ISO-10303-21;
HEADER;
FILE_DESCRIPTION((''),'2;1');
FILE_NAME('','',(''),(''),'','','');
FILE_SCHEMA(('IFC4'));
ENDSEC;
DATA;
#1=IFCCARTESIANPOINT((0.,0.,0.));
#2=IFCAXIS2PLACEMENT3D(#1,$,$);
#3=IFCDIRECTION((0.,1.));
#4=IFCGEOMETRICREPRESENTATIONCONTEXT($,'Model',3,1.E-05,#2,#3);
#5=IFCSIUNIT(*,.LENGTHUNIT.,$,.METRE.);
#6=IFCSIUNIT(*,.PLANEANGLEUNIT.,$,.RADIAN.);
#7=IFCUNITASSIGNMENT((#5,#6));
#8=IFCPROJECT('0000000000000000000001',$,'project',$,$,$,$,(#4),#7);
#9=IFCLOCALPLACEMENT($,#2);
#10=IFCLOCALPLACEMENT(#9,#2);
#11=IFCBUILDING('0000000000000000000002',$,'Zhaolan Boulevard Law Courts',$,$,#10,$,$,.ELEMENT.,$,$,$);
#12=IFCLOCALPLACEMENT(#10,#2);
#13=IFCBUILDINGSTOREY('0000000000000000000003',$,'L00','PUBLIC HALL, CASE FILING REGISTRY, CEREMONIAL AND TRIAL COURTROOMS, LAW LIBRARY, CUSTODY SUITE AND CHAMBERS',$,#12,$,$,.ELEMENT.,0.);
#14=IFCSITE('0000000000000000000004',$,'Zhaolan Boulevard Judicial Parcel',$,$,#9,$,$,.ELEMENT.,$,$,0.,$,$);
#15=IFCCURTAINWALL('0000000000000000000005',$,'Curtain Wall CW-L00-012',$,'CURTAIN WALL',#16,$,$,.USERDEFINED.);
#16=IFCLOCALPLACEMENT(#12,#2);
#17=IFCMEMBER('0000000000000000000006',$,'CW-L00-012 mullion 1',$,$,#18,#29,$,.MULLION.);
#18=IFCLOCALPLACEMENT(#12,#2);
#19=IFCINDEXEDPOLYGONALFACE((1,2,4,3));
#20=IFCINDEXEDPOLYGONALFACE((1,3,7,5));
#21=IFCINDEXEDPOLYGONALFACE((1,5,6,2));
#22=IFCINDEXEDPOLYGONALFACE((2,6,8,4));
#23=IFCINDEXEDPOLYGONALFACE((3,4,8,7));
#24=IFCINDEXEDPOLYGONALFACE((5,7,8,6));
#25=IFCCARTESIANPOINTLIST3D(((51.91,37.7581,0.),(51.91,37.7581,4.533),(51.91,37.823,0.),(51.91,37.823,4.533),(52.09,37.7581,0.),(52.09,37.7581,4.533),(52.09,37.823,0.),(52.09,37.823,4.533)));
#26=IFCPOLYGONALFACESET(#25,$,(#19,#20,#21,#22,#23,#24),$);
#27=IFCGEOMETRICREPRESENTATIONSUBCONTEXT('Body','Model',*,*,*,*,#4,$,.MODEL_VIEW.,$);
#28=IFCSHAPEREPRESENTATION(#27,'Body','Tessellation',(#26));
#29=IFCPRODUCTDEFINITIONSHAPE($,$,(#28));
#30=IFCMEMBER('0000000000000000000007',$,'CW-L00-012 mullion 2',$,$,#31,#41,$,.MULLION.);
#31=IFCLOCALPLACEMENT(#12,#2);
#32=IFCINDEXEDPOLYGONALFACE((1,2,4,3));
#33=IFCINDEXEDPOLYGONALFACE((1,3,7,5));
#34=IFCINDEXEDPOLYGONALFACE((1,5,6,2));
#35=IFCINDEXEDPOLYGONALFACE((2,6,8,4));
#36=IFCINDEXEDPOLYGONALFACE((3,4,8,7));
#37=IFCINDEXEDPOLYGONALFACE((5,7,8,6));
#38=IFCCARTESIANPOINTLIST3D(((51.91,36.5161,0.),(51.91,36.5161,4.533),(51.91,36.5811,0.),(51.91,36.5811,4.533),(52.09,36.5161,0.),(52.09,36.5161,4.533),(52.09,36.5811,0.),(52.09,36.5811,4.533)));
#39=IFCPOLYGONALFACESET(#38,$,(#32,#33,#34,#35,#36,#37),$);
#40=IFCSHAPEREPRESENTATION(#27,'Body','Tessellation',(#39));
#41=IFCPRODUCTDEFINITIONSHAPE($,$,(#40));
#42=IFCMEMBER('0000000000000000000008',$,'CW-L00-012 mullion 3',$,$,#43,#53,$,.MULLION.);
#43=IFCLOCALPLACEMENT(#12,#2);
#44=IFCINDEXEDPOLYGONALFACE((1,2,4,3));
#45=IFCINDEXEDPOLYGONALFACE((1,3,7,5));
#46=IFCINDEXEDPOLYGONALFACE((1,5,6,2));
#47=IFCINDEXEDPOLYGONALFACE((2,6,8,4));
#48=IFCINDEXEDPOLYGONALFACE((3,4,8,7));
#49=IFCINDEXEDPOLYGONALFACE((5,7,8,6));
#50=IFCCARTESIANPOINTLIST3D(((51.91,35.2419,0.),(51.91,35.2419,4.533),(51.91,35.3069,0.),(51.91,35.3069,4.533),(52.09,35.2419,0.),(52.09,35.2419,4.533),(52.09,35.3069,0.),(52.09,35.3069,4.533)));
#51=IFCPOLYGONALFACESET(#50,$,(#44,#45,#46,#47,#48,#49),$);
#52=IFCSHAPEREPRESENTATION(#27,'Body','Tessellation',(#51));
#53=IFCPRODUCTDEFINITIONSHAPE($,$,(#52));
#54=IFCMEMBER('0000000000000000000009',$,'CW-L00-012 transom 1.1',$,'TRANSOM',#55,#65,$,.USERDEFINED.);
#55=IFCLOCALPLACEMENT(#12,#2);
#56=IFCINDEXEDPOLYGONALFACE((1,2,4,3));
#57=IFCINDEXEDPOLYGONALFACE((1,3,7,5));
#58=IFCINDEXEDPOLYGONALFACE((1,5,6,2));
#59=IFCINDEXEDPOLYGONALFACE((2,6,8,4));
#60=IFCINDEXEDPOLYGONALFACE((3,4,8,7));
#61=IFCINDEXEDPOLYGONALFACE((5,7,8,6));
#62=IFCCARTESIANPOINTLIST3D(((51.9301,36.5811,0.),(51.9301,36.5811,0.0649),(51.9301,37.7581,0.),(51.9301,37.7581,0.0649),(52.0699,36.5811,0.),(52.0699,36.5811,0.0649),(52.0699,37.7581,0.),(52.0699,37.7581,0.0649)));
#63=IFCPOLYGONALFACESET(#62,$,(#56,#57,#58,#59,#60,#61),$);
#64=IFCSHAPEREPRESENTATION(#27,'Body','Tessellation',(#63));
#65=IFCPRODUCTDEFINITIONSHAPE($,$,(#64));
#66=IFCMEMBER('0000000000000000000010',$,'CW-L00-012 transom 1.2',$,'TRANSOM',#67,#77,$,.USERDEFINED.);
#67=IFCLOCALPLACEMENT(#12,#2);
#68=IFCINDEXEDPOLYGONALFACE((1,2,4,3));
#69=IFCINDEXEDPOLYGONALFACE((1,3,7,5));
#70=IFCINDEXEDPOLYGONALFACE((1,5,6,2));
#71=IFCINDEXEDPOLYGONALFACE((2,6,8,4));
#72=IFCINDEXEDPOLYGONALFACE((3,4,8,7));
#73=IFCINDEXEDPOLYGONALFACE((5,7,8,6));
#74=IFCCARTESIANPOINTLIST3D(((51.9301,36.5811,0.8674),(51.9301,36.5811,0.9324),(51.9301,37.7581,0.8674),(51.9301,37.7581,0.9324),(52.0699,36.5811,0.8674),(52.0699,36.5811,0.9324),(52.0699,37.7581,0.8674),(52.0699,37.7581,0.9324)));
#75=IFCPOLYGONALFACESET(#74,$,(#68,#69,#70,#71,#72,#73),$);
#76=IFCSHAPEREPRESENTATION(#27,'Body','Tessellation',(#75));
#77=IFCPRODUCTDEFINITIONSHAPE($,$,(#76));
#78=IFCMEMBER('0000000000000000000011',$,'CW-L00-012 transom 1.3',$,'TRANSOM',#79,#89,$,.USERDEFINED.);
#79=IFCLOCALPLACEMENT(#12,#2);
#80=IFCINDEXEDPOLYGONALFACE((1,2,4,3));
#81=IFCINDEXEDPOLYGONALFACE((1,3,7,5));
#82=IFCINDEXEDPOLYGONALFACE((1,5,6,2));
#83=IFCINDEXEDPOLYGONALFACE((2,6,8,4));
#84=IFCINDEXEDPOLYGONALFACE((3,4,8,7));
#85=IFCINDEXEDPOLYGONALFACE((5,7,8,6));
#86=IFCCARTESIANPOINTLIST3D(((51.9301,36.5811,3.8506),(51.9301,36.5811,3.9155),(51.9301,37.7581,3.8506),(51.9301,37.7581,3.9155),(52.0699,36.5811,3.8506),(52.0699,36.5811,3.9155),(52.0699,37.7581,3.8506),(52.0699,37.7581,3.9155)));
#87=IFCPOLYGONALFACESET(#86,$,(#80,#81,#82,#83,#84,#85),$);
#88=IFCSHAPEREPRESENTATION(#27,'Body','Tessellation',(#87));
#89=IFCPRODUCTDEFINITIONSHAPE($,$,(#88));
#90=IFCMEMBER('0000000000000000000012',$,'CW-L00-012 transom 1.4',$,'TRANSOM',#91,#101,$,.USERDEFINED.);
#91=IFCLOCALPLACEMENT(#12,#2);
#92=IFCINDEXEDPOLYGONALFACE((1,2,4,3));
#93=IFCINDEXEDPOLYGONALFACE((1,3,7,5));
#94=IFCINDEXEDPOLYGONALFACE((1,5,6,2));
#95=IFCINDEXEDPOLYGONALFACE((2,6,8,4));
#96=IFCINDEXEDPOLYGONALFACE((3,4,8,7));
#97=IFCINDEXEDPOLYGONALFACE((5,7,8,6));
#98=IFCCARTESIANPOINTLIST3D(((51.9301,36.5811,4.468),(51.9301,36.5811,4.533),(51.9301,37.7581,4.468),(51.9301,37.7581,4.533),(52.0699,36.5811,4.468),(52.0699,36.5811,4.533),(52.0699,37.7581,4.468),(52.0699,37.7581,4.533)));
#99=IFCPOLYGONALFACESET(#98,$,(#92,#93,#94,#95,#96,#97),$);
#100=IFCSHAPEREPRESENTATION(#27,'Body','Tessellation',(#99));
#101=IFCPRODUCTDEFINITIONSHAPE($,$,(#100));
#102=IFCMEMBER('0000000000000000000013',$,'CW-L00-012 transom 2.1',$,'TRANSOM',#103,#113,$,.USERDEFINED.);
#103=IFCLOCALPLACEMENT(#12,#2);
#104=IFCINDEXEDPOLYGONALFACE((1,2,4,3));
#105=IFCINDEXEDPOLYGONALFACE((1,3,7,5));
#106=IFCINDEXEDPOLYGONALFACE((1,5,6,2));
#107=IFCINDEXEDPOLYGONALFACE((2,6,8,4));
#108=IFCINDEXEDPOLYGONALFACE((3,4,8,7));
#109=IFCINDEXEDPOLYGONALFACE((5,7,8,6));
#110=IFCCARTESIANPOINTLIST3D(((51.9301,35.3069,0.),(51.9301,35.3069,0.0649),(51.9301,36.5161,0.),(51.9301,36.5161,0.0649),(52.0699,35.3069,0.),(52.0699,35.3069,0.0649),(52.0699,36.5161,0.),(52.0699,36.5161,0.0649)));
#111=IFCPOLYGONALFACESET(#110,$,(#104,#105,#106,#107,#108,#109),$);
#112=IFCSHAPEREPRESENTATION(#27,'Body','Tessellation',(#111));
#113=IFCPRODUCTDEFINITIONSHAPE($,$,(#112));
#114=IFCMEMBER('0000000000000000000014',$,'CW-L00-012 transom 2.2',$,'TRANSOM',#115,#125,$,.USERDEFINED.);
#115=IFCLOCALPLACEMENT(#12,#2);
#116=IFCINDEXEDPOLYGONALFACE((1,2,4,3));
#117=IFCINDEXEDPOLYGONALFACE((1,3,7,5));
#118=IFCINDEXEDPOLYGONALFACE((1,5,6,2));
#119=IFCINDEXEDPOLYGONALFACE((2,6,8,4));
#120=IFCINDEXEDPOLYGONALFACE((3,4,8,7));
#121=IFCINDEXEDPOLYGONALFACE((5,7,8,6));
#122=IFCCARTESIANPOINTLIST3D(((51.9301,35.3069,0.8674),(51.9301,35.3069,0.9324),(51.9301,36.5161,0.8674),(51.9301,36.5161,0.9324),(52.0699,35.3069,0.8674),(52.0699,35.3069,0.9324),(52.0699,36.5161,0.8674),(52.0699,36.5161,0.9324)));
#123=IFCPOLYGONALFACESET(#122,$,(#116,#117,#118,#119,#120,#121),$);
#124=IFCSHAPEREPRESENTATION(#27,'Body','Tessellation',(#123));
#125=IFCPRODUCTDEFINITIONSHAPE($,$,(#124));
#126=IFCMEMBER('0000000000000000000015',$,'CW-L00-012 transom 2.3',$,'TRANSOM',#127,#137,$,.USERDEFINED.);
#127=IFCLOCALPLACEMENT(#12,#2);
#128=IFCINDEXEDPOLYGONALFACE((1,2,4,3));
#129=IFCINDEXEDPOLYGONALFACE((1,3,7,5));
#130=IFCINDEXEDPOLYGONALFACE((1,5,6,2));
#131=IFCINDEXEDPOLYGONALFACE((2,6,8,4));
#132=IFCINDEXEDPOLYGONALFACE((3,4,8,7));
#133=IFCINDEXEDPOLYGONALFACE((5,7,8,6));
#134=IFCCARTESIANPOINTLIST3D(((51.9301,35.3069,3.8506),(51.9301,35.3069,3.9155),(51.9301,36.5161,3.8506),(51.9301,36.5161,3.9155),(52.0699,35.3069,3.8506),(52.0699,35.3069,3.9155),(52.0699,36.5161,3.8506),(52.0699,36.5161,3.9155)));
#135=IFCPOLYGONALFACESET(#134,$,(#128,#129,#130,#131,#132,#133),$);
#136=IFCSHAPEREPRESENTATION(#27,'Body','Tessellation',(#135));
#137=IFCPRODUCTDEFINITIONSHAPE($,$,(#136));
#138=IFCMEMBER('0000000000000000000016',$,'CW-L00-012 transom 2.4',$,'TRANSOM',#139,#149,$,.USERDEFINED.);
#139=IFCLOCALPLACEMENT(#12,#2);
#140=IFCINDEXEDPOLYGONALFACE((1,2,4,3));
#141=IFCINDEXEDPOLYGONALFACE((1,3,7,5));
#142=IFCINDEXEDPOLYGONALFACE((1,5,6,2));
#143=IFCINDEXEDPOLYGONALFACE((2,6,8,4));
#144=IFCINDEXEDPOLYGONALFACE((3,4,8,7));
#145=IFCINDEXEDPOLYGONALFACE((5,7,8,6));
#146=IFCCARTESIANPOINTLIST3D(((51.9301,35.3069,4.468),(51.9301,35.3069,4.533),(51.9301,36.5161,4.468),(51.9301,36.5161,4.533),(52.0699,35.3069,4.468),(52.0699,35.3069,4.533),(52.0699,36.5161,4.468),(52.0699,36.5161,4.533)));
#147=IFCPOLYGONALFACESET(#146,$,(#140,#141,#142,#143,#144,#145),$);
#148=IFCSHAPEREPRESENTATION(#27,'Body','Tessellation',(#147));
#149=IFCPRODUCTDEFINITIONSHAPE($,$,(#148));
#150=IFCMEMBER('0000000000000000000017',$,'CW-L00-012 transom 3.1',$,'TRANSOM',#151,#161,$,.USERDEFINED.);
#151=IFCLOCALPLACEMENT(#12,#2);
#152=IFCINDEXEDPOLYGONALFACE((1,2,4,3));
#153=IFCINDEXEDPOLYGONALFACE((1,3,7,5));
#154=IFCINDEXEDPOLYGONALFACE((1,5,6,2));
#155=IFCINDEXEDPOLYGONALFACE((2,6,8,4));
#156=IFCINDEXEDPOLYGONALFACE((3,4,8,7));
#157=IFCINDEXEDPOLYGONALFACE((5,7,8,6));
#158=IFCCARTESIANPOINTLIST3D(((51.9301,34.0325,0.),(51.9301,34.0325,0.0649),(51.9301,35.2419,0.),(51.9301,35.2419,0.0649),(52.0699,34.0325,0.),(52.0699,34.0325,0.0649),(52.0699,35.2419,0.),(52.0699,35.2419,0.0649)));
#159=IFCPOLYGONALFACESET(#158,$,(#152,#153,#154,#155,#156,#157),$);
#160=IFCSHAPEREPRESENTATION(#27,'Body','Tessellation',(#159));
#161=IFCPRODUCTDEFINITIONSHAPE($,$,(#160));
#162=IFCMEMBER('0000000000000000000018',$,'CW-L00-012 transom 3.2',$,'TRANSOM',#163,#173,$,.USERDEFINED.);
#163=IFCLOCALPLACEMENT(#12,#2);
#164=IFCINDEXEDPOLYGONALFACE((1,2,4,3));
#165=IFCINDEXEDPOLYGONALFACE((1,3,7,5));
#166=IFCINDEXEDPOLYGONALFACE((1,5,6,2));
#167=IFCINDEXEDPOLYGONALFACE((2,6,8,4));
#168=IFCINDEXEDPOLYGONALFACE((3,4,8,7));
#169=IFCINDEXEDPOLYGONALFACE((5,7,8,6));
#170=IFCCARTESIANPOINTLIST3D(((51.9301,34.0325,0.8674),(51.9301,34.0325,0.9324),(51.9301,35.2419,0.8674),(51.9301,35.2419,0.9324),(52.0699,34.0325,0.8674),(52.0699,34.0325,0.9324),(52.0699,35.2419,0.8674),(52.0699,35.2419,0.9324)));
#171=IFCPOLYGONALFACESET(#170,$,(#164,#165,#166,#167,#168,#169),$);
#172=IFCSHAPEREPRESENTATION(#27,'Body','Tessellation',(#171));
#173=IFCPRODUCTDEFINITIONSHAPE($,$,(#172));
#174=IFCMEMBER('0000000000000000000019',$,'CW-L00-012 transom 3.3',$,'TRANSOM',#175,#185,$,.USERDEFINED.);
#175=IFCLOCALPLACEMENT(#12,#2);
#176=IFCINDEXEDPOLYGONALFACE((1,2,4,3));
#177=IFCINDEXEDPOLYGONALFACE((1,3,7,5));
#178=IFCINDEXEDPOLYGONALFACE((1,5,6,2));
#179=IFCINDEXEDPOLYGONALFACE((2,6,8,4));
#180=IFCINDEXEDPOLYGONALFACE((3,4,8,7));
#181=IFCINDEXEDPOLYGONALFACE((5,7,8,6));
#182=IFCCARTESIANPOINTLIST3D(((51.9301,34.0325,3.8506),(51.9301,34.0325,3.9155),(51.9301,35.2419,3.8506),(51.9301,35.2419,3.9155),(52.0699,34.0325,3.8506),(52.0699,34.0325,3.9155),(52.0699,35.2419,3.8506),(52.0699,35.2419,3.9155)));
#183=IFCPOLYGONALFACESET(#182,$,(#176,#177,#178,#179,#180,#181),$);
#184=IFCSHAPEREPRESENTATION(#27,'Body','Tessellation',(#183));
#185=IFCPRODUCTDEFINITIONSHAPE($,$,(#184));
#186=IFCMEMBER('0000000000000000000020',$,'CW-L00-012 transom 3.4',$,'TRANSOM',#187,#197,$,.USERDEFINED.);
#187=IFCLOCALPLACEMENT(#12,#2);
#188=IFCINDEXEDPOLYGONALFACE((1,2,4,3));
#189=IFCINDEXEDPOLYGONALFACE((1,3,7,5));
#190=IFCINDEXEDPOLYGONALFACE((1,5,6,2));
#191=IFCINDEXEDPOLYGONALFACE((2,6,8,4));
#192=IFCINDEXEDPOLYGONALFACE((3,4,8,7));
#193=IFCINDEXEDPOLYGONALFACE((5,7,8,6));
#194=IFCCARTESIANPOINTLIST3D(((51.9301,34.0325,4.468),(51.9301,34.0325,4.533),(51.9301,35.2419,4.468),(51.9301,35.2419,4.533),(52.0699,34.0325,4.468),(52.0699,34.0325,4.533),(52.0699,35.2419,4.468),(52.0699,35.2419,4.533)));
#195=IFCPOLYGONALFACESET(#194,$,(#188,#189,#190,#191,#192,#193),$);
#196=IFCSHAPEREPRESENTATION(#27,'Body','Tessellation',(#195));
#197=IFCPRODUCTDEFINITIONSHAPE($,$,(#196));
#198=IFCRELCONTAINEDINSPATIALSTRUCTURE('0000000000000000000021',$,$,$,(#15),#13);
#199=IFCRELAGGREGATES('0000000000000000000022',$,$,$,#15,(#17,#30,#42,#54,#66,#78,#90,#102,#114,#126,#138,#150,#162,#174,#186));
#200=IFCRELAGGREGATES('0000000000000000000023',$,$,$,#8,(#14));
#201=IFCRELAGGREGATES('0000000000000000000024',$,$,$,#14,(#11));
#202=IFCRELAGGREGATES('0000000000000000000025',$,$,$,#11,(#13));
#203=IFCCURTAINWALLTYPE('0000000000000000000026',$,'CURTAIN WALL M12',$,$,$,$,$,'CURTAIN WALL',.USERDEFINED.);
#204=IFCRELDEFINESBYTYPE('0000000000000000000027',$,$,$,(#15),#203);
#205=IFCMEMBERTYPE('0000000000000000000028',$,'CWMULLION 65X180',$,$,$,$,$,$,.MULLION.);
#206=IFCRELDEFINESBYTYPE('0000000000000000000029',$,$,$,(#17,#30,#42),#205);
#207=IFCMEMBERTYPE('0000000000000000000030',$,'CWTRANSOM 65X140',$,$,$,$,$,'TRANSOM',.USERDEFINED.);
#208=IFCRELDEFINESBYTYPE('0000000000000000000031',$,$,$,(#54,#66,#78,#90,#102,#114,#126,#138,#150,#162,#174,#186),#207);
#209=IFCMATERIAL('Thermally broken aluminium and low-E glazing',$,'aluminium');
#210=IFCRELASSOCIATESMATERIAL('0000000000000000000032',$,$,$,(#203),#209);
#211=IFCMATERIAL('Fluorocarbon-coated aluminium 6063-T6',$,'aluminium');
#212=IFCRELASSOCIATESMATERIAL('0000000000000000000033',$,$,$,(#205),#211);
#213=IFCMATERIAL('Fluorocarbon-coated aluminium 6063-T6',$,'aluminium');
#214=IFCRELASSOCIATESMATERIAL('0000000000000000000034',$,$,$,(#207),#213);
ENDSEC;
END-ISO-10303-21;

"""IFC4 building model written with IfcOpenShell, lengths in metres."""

from ifc_helpers import new_model, si_unit, direction, frame, origin, origin_2d, place, context, subcontext, project, spatial, rectangle, extrude, material, material_profile, profile_set, type_object, element, aggregate, save


model = new_model("IFC4")

# Units and contexts
model_context = context("Model", 3, precision=1e-05, world=origin(), true_north=direction((0.0, 1.0)))
body_context = subcontext(model_context, "Body", "Model", "MODEL_VIEW")
ifc_project = project(units=[si_unit("LENGTHUNIT", "METRE"), si_unit("PLANEANGLEUNIT", "RADIAN")], contexts=[model_context])

# Site, building, storey
site_placement = place(None, origin())
site = spatial("IfcSite", under=ifc_project, at=site_placement, Name="Zhaolan Boulevard Judicial Parcel", CompositionType="ELEMENT", RefElevation=0.0)
building_placement = place(site_placement, origin())
building = spatial("IfcBuilding", under=site, at=building_placement, Name="Zhaolan Boulevard Law Courts", CompositionType="ELEMENT")
storey_placement = place(building_placement, origin())
storey = spatial("IfcBuildingStorey", under=building, at=storey_placement, Name="L00", Description="PUBLIC HALL, CASE FILING REGISTRY, CEREMONIAL AND TRIAL COURTROOMS, LAW LIBRARY, CUSTODY SUITE AND CHAMBERS", CompositionType="ELEMENT", Elevation=0.0)

# Curtain wall, members
ifc_material_1 = material(Name="Thermally broken aluminium and low-E glazing", Category="aluminium")
curtain_wall_type = type_object("IfcCurtainWallType", Name="CURTAIN WALL M12", ElementType="CURTAIN WALL", PredefinedType="USERDEFINED", material=ifc_material_1)
curtain_wall_placement = place(storey_placement, origin())
curtain_wall = element("IfcCurtainWall", 1, at=curtain_wall_placement, inside=storey, type_object=curtain_wall_type, Name="Curtain Wall CW-L00-012", ObjectType="CURTAIN WALL", PredefinedType="USERDEFINED")
ifc_material_2 = material(Name="Fluorocarbon-coated aluminium 6063-T6", Category="aluminium")
ifc_material_profile_1 = material_profile(ifc_material_2, rectangle(XDim=0.1799, YDim=0.0649, at=origin_2d()), Name="AL65x180")
ifc_profile_set_1 = profile_set([ifc_material_profile_1], Name="Fluorocarbon-coated aluminium 6063-T6")
member_type_1 = type_object("IfcMemberType", Name="CWMULLION 65X180", PredefinedType="MULLION", material=ifc_profile_set_1)
member_1_placement = place(storey_placement, frame((52.0, 37.7905, 0.0), z_axis=(0.0, 0.0, 1.0), x_axis=(1.0, 0.0, 0.0)))
member_1 = element("IfcMember", 2, at=member_1_placement, type_object=member_type_1, Name="CW-L00-012 mullion 1", PredefinedType="MULLION", context=body_context, shape_type="SweptSolid", body=[
    extrude(rectangle(XDim=0.1799, YDim=0.0649, at=origin_2d()), origin(), (0.0, 0.0, 1.0), 4.533),
])
member_2_placement = place(storey_placement, frame((52.0, 36.5486, 0.0), z_axis=(0.0, 0.0, 1.0), x_axis=(1.0, 0.0, 0.0)))
member_2 = element("IfcMember", 3, at=member_2_placement, type_object=member_type_1, Name="CW-L00-012 mullion 2", PredefinedType="MULLION", context=body_context, shape_type="SweptSolid", body=[
    extrude(rectangle(XDim=0.1799, YDim=0.0649, at=origin_2d()), origin(), (0.0, 0.0, 1.0), 4.533),
])
member_3_placement = place(storey_placement, frame((52.0, 35.2744, 0.0), z_axis=(0.0, 0.0, 1.0), x_axis=(1.0, 0.0, 0.0)))
member_3 = element("IfcMember", 4, at=member_3_placement, type_object=member_type_1, Name="CW-L00-012 mullion 3", PredefinedType="MULLION", context=body_context, shape_type="SweptSolid", body=[
    extrude(rectangle(XDim=0.1799, YDim=0.0649, at=origin_2d()), origin(), (0.0, 0.0, 1.0), 4.533),
])
ifc_material_3 = material(Name="Fluorocarbon-coated aluminium 6063-T6", Category="aluminium")
ifc_material_profile_2 = material_profile(ifc_material_3, rectangle(XDim=0.1399, YDim=0.0649, at=origin_2d()), Name="AL65x140")
ifc_profile_set_2 = profile_set([ifc_material_profile_2], Name="Fluorocarbon-coated aluminium 6063-T6")
member_type_2 = type_object("IfcMemberType", Name="CWTRANSOM 65X140", ElementType="TRANSOM", PredefinedType="USERDEFINED", material=ifc_profile_set_2)
member_4_placement = place(storey_placement, frame((52.0, 37.7581, 0.0325), z_axis=(0.0, -1.0, 0.0), x_axis=(1.0, 0.0, 0.0)))
member_4 = element("IfcMember", 5, at=member_4_placement, type_object=member_type_2, Name="CW-L00-012 transom 1.1", ObjectType="TRANSOM", PredefinedType="USERDEFINED", context=body_context, shape_type="SweptSolid", body=[
    extrude(rectangle(XDim=0.1399, YDim=0.0649, at=origin_2d()), origin(), (0.0, 0.0, 1.0), 1.177),
])
member_5_placement = place(storey_placement, frame((52.0, 37.7581, 0.8999), z_axis=(0.0, -1.0, 0.0), x_axis=(1.0, 0.0, 0.0)))
member_5 = element("IfcMember", 6, at=member_5_placement, type_object=member_type_2, Name="CW-L00-012 transom 1.2", ObjectType="TRANSOM", PredefinedType="USERDEFINED", context=body_context, shape_type="SweptSolid", body=[
    extrude(rectangle(XDim=0.1399, YDim=0.0649, at=origin_2d()), origin(), (0.0, 0.0, 1.0), 1.177),
])
member_6_placement = place(storey_placement, frame((52.0, 37.7581, 3.8831), z_axis=(0.0, -1.0, 0.0), x_axis=(1.0, 0.0, 0.0)))
member_6 = element("IfcMember", 7, at=member_6_placement, type_object=member_type_2, Name="CW-L00-012 transom 1.3", ObjectType="TRANSOM", PredefinedType="USERDEFINED", context=body_context, shape_type="SweptSolid", body=[
    extrude(rectangle(XDim=0.1399, YDim=0.0649, at=origin_2d()), origin(), (0.0, 0.0, 1.0), 1.177),
])
member_7_placement = place(storey_placement, frame((52.0, 37.7581, 4.5005), z_axis=(0.0, -1.0, 0.0), x_axis=(1.0, 0.0, 0.0)))
member_7 = element("IfcMember", 8, at=member_7_placement, type_object=member_type_2, Name="CW-L00-012 transom 1.4", ObjectType="TRANSOM", PredefinedType="USERDEFINED", context=body_context, shape_type="SweptSolid", body=[
    extrude(rectangle(XDim=0.1399, YDim=0.0649, at=origin_2d()), origin(), (0.0, 0.0, 1.0), 1.177),
])
member_8_placement = place(storey_placement, frame((52.0, 36.5161, 0.0325), z_axis=(0.0, -1.0, 0.0), x_axis=(1.0, 0.0, 0.0)))
member_8 = element("IfcMember", 9, at=member_8_placement, type_object=member_type_2, Name="CW-L00-012 transom 2.1", ObjectType="TRANSOM", PredefinedType="USERDEFINED", context=body_context, shape_type="SweptSolid", body=[
    extrude(rectangle(XDim=0.1399, YDim=0.0649, at=origin_2d()), origin(), (0.0, 0.0, 1.0), 1.2092),
])
member_9_placement = place(storey_placement, frame((52.0, 36.5161, 0.8999), z_axis=(0.0, -1.0, 0.0), x_axis=(1.0, 0.0, 0.0)))
member_9 = element("IfcMember", 10, at=member_9_placement, type_object=member_type_2, Name="CW-L00-012 transom 2.2", ObjectType="TRANSOM", PredefinedType="USERDEFINED", context=body_context, shape_type="SweptSolid", body=[
    extrude(rectangle(XDim=0.1399, YDim=0.0649, at=origin_2d()), origin(), (0.0, 0.0, 1.0), 1.2092),
])
member_10_placement = place(storey_placement, frame((52.0, 36.5161, 3.8831), z_axis=(0.0, -1.0, 0.0), x_axis=(1.0, 0.0, 0.0)))
member_10 = element("IfcMember", 11, at=member_10_placement, type_object=member_type_2, Name="CW-L00-012 transom 2.3", ObjectType="TRANSOM", PredefinedType="USERDEFINED", context=body_context, shape_type="SweptSolid", body=[
    extrude(rectangle(XDim=0.1399, YDim=0.0649, at=origin_2d()), origin(), (0.0, 0.0, 1.0), 1.2092),
])
member_11_placement = place(storey_placement, frame((52.0, 36.5161, 4.5005), z_axis=(0.0, -1.0, 0.0), x_axis=(1.0, 0.0, 0.0)))
member_11 = element("IfcMember", 12, at=member_11_placement, type_object=member_type_2, Name="CW-L00-012 transom 2.4", ObjectType="TRANSOM", PredefinedType="USERDEFINED", context=body_context, shape_type="SweptSolid", body=[
    extrude(rectangle(XDim=0.1399, YDim=0.0649, at=origin_2d()), origin(), (0.0, 0.0, 1.0), 1.2092),
])
member_12_placement = place(storey_placement, frame((52.0, 35.2419, 0.0325), z_axis=(0.0, -1.0, 0.0), x_axis=(1.0, 0.0, 0.0)))
member_12 = element("IfcMember", 13, at=member_12_placement, type_object=member_type_2, Name="CW-L00-012 transom 3.1", ObjectType="TRANSOM", PredefinedType="USERDEFINED", context=body_context, shape_type="SweptSolid", body=[
    extrude(rectangle(XDim=0.1399, YDim=0.0649, at=origin_2d()), origin(), (0.0, 0.0, 1.0), 1.2095),
])
member_13_placement = place(storey_placement, frame((52.0, 35.2419, 0.8999), z_axis=(0.0, -1.0, 0.0), x_axis=(1.0, 0.0, 0.0)))
member_13 = element("IfcMember", 14, at=member_13_placement, type_object=member_type_2, Name="CW-L00-012 transom 3.2", ObjectType="TRANSOM", PredefinedType="USERDEFINED", context=body_context, shape_type="SweptSolid", body=[
    extrude(rectangle(XDim=0.1399, YDim=0.0649, at=origin_2d()), origin(), (0.0, 0.0, 1.0), 1.2095),
])
member_14_placement = place(storey_placement, frame((52.0, 35.2419, 3.8831), z_axis=(0.0, -1.0, 0.0), x_axis=(1.0, 0.0, 0.0)))
member_14 = element("IfcMember", 15, at=member_14_placement, type_object=member_type_2, Name="CW-L00-012 transom 3.3", ObjectType="TRANSOM", PredefinedType="USERDEFINED", context=body_context, shape_type="SweptSolid", body=[
    extrude(rectangle(XDim=0.1399, YDim=0.0649, at=origin_2d()), origin(), (0.0, 0.0, 1.0), 1.2095),
])
member_15_placement = place(storey_placement, frame((52.0, 35.2419, 4.5005), z_axis=(0.0, -1.0, 0.0), x_axis=(1.0, 0.0, 0.0)))
member_15 = element("IfcMember", 16, at=member_15_placement, type_object=member_type_2, Name="CW-L00-012 transom 3.4", ObjectType="TRANSOM", PredefinedType="USERDEFINED", context=body_context, shape_type="SweptSolid", body=[
    extrude(rectangle(XDim=0.1399, YDim=0.0649, at=origin_2d()), origin(), (0.0, 0.0, 1.0), 1.2095),
])
aggregate(curtain_wall, [member_1, member_2, member_3, member_4, member_5, member_6, member_7, member_8, member_9, member_10, member_11, member_12, member_13, member_14, member_15])

save(model, "model.ifc")
